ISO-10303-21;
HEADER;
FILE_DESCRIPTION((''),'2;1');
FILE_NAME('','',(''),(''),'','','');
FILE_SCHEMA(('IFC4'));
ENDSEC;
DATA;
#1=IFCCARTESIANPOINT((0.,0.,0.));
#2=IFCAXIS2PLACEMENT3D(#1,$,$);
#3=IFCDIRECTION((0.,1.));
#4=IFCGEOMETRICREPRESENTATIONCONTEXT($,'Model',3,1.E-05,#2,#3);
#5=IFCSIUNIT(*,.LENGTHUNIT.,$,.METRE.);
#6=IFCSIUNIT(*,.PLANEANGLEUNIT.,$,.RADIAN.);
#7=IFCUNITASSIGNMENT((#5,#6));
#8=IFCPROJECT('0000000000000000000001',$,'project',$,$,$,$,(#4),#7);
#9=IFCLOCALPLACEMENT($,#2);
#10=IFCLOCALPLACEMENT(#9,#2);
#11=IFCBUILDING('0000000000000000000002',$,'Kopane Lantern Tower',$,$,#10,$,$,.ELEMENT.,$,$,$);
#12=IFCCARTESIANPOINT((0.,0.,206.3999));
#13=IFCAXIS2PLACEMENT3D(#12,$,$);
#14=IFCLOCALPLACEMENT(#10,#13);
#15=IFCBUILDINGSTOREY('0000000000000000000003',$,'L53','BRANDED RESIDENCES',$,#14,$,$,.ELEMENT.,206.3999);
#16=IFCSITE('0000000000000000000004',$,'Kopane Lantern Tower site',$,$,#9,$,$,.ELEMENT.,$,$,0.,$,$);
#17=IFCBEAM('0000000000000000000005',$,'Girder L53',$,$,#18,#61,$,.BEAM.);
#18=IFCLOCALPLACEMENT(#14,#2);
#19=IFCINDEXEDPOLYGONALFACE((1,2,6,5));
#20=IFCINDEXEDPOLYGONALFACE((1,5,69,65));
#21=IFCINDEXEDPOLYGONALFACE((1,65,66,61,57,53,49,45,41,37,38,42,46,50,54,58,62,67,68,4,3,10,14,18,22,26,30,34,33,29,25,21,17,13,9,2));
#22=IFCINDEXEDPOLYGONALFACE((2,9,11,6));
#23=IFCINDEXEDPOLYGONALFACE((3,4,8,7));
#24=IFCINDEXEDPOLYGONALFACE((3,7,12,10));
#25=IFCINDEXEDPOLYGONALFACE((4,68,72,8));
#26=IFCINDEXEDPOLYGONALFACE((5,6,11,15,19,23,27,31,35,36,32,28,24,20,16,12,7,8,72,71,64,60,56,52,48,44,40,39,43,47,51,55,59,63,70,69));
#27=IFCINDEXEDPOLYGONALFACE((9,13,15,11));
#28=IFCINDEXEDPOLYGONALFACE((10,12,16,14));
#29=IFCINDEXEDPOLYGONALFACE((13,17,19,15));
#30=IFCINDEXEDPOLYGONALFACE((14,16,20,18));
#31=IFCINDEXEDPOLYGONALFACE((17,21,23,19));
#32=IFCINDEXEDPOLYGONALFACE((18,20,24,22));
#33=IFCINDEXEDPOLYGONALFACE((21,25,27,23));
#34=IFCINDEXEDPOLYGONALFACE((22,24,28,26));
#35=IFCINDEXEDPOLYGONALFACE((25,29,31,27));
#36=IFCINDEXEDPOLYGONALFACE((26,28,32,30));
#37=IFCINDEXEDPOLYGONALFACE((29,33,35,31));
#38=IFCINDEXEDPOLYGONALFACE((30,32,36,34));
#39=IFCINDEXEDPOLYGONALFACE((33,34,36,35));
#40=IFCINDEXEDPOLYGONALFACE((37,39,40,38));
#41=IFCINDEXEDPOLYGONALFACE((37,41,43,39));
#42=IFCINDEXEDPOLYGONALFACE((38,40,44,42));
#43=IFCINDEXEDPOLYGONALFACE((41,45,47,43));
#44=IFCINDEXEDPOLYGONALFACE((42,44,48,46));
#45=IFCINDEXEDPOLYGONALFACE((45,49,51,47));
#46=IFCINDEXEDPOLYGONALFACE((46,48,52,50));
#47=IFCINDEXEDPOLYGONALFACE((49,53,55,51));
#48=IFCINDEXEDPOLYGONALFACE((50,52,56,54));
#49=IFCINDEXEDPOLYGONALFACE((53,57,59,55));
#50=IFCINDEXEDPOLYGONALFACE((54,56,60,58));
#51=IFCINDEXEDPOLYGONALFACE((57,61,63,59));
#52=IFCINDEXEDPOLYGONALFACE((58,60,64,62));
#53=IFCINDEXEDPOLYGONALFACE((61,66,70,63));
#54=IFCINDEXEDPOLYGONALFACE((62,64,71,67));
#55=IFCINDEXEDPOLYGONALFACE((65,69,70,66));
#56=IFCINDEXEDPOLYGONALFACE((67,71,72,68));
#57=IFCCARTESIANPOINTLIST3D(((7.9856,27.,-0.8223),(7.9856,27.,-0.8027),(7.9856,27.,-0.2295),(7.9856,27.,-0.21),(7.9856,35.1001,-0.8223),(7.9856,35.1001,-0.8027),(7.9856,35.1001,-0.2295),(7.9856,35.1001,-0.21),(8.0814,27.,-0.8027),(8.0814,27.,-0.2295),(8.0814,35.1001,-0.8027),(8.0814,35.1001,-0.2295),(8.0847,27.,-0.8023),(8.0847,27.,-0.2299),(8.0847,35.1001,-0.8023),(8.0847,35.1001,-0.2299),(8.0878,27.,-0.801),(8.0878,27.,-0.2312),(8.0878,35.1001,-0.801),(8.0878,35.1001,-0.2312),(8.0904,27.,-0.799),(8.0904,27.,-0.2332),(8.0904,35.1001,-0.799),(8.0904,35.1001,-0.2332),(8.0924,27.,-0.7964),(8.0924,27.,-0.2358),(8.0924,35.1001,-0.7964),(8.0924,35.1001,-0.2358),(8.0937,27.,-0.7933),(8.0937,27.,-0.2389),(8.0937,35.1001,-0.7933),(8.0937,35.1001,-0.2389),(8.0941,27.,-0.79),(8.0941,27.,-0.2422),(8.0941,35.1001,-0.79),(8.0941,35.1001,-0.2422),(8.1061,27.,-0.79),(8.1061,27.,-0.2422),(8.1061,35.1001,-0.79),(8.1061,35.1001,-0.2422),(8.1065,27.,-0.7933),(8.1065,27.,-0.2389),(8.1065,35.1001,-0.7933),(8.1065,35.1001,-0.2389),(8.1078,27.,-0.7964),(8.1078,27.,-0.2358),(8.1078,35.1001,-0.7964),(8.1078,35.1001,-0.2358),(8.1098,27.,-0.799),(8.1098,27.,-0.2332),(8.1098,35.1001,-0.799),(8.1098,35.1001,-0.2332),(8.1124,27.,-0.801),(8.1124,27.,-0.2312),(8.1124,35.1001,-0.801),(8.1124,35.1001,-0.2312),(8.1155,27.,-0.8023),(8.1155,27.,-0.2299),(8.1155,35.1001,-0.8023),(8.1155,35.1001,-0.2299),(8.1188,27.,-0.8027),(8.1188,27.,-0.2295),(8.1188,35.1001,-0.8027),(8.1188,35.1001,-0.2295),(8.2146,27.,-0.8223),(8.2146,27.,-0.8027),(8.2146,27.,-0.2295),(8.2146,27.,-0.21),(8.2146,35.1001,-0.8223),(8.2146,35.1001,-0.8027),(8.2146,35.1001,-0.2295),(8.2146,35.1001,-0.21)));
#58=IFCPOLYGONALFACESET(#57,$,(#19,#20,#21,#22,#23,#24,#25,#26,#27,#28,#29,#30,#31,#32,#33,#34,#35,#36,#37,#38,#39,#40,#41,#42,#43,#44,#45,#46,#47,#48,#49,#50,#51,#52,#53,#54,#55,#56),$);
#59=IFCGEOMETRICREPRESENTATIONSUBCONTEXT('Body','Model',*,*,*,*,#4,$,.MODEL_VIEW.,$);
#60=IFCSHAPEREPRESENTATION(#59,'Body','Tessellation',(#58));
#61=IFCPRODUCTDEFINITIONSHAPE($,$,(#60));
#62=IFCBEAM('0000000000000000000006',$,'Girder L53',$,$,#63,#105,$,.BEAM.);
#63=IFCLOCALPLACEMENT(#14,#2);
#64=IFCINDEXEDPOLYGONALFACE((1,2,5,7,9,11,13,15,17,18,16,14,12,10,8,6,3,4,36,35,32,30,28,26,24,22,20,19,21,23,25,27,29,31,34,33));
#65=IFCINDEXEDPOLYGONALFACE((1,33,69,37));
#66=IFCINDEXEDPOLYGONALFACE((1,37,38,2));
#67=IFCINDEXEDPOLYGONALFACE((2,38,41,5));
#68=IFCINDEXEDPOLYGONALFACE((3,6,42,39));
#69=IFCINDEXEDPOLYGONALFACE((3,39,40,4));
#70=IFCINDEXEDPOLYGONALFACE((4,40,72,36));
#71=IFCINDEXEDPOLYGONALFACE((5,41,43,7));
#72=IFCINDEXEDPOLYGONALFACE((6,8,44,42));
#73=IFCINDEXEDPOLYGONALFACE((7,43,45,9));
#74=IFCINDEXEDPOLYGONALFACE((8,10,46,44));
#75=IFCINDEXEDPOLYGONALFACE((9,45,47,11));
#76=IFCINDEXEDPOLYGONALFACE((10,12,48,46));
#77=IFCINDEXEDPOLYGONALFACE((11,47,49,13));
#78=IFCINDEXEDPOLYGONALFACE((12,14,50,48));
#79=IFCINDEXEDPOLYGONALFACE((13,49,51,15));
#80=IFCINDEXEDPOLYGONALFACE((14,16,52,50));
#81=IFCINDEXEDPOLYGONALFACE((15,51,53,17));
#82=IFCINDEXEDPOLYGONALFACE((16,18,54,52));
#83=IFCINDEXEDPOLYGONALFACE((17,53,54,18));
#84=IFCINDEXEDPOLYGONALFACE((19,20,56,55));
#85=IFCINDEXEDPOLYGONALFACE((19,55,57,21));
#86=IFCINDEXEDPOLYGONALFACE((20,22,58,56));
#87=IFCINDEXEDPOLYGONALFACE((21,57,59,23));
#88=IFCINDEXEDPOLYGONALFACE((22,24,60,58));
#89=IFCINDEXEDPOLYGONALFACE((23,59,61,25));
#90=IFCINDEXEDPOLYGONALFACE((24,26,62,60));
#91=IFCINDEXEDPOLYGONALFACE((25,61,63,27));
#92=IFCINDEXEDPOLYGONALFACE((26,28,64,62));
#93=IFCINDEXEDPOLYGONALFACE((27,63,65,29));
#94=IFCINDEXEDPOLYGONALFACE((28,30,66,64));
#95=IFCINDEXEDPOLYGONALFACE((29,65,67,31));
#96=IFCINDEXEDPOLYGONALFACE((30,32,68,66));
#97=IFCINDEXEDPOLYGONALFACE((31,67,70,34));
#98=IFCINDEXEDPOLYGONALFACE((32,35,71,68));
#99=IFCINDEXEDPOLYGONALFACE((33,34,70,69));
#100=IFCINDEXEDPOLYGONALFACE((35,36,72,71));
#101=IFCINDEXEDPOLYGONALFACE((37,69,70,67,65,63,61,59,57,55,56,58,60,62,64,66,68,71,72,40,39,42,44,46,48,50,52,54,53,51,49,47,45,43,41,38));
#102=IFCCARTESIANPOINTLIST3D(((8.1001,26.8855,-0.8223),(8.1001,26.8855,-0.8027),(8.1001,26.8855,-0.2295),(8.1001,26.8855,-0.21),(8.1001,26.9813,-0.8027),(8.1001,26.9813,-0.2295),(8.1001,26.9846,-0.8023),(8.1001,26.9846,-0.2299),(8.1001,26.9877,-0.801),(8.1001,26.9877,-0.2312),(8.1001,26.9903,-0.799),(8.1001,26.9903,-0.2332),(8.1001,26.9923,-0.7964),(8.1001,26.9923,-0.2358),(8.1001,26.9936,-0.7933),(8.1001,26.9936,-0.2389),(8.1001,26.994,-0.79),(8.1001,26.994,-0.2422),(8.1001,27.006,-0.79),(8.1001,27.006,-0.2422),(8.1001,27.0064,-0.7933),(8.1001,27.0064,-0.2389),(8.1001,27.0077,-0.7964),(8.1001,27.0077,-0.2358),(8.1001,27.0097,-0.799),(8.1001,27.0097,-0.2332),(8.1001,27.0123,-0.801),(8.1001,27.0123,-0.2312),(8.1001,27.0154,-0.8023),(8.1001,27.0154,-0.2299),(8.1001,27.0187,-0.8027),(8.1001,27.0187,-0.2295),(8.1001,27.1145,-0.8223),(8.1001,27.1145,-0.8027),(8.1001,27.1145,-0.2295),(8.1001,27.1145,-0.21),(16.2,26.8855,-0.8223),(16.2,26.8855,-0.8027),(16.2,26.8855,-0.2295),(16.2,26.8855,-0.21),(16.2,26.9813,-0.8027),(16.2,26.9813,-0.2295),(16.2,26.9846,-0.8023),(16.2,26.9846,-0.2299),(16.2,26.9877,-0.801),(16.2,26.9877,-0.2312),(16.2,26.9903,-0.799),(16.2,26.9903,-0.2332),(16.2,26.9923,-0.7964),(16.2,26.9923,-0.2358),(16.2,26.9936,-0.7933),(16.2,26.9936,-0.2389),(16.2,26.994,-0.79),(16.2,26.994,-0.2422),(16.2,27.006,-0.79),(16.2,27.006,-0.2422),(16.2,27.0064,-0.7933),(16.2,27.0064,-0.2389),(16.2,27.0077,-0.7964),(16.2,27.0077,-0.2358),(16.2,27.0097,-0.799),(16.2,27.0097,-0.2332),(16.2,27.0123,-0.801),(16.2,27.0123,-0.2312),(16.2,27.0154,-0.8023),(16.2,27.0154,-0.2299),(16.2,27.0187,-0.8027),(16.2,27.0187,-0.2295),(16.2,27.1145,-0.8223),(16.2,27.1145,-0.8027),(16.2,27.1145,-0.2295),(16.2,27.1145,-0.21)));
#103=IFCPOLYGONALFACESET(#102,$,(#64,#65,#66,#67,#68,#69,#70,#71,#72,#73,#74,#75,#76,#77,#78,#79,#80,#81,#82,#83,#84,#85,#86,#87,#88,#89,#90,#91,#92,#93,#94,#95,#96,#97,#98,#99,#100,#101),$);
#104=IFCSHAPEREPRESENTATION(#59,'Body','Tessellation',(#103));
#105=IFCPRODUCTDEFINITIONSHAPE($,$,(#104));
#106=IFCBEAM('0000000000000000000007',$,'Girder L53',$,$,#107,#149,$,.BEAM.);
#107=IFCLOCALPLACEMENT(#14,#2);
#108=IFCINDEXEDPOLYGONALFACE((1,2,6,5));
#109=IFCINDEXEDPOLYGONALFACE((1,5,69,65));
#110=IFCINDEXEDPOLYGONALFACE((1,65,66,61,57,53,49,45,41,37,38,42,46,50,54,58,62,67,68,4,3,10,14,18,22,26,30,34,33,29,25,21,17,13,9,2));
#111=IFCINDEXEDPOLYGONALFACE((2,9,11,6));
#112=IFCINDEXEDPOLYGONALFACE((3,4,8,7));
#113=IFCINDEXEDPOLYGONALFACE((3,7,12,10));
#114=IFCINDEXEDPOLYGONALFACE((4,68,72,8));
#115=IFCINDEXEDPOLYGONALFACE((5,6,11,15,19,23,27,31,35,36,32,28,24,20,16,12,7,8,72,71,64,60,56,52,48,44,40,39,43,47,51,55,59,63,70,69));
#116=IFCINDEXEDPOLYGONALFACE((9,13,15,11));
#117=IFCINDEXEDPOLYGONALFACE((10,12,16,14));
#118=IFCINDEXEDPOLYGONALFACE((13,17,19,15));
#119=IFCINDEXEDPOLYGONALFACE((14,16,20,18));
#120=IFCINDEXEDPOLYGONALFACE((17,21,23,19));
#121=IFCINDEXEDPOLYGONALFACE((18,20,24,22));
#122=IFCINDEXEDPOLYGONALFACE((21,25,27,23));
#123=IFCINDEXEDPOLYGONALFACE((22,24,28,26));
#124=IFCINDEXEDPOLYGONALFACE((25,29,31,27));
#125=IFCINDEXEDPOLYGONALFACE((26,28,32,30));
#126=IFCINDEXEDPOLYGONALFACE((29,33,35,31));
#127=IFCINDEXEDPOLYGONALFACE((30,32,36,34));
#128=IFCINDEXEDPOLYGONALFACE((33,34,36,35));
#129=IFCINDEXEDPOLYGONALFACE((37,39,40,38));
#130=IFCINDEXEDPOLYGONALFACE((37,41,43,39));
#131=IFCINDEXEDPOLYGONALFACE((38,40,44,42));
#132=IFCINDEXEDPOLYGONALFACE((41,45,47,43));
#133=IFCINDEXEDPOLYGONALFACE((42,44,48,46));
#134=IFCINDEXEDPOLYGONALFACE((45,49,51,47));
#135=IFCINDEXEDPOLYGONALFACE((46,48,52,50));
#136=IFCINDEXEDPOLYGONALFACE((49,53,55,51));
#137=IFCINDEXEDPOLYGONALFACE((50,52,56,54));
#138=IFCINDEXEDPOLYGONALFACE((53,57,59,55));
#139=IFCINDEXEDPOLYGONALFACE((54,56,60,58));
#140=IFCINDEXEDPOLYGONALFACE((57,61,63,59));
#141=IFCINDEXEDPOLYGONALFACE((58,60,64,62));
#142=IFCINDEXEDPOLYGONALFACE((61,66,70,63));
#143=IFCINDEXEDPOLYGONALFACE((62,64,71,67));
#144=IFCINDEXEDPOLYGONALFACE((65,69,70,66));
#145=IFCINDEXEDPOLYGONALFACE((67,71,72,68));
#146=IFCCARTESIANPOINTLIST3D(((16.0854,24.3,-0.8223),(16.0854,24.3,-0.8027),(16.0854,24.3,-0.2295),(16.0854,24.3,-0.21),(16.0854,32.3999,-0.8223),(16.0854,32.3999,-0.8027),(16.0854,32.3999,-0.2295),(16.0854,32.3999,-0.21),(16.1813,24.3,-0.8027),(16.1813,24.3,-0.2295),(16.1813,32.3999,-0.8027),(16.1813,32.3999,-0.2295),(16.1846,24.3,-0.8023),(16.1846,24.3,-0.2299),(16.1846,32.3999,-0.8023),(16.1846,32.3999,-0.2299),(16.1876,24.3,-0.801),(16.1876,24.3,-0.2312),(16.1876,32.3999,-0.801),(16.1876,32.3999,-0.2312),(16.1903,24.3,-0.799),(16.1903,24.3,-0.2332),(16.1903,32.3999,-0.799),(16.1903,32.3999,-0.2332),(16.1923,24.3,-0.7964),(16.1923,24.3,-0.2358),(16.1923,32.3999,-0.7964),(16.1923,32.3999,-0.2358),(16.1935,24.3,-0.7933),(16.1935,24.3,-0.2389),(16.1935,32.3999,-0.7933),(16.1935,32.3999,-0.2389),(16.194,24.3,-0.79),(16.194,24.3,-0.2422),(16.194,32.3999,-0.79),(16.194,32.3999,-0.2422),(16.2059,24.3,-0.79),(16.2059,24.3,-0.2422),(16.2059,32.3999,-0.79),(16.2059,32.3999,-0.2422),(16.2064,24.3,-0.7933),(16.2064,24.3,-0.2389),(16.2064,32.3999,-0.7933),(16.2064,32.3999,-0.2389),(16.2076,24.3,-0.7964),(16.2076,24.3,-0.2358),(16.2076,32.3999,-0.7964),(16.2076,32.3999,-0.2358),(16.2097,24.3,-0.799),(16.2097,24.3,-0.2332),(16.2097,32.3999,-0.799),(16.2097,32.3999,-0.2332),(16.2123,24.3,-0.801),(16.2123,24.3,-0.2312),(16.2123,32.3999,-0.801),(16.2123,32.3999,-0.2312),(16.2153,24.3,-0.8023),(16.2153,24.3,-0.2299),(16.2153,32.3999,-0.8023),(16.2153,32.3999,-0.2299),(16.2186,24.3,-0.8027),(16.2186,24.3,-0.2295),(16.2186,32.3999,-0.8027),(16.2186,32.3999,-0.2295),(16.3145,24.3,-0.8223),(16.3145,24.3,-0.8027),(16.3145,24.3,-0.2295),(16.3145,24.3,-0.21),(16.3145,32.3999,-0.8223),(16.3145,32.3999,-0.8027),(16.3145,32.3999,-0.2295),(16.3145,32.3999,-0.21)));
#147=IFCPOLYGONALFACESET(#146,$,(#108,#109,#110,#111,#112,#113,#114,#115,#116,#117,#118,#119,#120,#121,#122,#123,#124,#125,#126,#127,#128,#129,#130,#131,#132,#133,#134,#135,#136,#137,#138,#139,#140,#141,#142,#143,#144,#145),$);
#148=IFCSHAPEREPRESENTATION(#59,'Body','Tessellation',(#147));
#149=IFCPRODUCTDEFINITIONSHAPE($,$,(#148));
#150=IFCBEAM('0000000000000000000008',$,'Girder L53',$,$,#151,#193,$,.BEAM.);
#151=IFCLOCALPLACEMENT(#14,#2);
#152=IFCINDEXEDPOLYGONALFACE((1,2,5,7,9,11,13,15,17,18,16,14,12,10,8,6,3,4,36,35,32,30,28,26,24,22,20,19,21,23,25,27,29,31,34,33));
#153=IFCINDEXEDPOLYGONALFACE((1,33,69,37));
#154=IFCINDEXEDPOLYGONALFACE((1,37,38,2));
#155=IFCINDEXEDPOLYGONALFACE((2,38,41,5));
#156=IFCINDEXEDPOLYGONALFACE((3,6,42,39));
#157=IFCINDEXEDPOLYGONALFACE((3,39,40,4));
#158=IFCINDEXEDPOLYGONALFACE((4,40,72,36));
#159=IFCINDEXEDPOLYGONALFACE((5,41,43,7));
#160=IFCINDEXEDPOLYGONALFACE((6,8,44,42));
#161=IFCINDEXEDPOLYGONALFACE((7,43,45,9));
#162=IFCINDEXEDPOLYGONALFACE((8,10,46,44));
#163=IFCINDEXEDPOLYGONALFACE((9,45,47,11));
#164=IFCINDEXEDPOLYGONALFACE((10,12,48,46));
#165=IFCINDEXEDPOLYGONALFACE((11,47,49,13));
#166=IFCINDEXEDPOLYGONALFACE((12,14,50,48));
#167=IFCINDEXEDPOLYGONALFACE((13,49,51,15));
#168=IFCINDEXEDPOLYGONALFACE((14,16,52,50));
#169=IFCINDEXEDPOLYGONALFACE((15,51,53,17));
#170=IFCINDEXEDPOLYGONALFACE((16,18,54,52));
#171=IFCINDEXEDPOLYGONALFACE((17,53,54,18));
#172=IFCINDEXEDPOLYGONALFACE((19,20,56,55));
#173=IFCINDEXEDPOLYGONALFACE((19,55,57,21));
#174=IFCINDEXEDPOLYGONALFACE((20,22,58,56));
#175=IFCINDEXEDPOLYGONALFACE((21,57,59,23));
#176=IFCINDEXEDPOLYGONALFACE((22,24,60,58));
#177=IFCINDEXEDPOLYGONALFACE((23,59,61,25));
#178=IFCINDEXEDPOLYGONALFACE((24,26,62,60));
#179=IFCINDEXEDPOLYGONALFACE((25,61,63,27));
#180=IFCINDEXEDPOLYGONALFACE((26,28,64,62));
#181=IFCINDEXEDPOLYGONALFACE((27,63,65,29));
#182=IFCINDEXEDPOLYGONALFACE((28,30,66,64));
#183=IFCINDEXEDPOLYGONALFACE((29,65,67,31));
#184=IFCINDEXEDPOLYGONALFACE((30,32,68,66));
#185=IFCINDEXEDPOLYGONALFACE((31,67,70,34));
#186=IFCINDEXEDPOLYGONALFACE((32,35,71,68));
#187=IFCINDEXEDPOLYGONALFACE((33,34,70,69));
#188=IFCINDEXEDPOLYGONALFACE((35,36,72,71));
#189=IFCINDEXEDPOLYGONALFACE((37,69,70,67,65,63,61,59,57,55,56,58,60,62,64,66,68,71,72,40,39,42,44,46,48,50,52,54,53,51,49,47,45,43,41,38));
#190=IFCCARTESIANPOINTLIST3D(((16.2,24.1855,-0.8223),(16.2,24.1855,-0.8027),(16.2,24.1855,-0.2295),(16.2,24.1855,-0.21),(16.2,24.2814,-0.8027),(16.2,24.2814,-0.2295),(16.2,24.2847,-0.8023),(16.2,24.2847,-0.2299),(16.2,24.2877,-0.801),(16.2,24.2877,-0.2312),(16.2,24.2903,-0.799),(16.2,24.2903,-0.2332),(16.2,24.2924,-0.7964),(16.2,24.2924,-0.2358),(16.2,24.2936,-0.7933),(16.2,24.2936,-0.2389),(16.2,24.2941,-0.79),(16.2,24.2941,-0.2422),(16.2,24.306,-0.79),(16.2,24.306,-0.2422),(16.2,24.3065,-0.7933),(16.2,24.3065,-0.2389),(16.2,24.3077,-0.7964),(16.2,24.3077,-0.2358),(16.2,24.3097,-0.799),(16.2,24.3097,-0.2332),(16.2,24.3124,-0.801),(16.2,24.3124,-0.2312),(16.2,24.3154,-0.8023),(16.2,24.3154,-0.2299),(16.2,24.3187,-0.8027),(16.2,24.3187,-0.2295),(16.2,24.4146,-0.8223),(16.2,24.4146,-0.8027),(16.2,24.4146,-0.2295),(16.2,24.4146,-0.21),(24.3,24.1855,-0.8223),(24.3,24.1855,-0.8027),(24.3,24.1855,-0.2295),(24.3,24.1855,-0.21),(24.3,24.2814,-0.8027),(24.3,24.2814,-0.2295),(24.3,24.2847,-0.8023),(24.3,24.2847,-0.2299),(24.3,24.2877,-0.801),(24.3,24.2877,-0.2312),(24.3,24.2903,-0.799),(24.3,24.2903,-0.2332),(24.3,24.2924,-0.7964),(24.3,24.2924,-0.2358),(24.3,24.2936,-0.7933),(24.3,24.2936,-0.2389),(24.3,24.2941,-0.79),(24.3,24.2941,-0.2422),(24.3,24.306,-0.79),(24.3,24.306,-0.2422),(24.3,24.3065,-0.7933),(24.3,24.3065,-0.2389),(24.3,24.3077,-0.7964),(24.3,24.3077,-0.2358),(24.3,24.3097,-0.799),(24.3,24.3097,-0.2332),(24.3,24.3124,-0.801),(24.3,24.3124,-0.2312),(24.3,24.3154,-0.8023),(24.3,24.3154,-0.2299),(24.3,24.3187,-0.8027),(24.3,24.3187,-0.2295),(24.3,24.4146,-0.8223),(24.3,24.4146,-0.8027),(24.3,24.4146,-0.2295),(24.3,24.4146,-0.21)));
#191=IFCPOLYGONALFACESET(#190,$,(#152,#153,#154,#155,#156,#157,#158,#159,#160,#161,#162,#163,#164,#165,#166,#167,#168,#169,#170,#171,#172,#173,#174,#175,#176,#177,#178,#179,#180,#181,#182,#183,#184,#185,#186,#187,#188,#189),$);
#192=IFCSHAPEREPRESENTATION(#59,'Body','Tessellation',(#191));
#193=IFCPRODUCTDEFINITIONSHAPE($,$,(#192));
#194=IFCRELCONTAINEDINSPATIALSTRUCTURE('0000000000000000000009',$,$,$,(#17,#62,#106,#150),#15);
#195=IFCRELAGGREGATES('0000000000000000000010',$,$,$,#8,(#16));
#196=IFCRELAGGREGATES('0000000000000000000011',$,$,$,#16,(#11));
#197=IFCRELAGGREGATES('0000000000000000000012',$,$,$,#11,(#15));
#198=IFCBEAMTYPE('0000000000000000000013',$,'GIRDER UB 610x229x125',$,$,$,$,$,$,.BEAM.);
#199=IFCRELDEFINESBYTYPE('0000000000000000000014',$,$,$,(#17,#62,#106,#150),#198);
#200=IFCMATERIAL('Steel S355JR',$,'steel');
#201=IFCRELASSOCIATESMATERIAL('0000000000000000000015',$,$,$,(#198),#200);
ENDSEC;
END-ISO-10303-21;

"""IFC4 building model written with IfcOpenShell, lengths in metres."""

from ifc_helpers import new_model, si_unit, direction, frame, origin, origin_2d, place, context, subcontext, project, spatial, i_section, extrude, material, material_profile, profile_set, type_object, element, save


model = new_model("IFC4")

# Units and contexts
model_context = context("Model", 3, precision=1e-05, world=origin(), true_north=direction((0.0, 1.0)))
body_context = subcontext(model_context, "Body", "Model", "MODEL_VIEW")
ifc_project = project(units=[si_unit("LENGTHUNIT", "METRE"), si_unit("PLANEANGLEUNIT", "RADIAN")], contexts=[model_context])

# Site, building, storey
site_placement = place(None, origin())
site = spatial("IfcSite", under=ifc_project, at=site_placement, Name="Kopane Lantern Tower site", CompositionType="ELEMENT", RefElevation=0.0)
building_placement = place(site_placement, origin())
building = spatial("IfcBuilding", under=site, at=building_placement, Name="Kopane Lantern Tower", CompositionType="ELEMENT")
storey_placement = place(building_placement, frame((0.0, 0.0, 206.3999)))
storey = spatial("IfcBuildingStorey", under=building, at=storey_placement, Name="L53", Description="BRANDED RESIDENCES", CompositionType="ELEMENT", Elevation=206.3999)

# Beams
ifc_material_1 = material(Name="Steel S355JR", Category="steel")
ifc_material_profile_1 = material_profile(ifc_material_1, i_section(OverallWidth=0.229, OverallDepth=0.6123, WebThickness=0.012, FlangeThickness=0.0195, FilletRadius=0.0127, at=origin_2d()), Name="UB 610x229x125")
ifc_profile_set_1 = profile_set([ifc_material_profile_1], Name="Steel S355JR")
beam_type = type_object("IfcBeamType", Name="GIRDER UB 610x229x125", PredefinedType="BEAM", material=ifc_profile_set_1)
for number, where, z_axis, x_axis, name in (
    (1, (8.1001, 27.0, -0.5161), (0.0, 1.0, 0.0), (-1.0, 0.0, 0.0), "Girder L53"),
):
    element("IfcBeam", number, at=place(storey_placement, frame(where, z_axis=z_axis, x_axis=x_axis)), inside=storey, type_object=beam_type, Name=name, PredefinedType="BEAM", context=body_context, shape_type="SweptSolid", body=[
        extrude(i_section(OverallWidth=0.229, OverallDepth=0.6123, WebThickness=0.012, FlangeThickness=0.0195, FilletRadius=0.0127, at=origin_2d()), origin(), (0.0, 0.0, 1.0), 8.1001),
    ])
for number, where, z_axis, x_axis, name in (
    (2, (8.1001, 27.0, -0.5161), (1.0, 0.0, 0.0), (0.0, 1.0, 0.0), "Girder L53"),
    (3, (16.2, 24.3, -0.5161), (0.0, 1.0, 0.0), (-1.0, 0.0, 0.0), "Girder L53"),
):
    element("IfcBeam", number, at=place(storey_placement, frame(where, z_axis=z_axis, x_axis=x_axis)), inside=storey, type_object=beam_type, Name=name, PredefinedType="BEAM", context=body_context, shape_type="SweptSolid", body=[
        extrude(i_section(OverallWidth=0.229, OverallDepth=0.6123, WebThickness=0.012, FlangeThickness=0.0195, FilletRadius=0.0127, at=origin_2d()), origin(), (0.0, 0.0, 1.0), 8.0999),
    ])
beam_placement = place(storey_placement, frame((16.2, 24.3, -0.5161), z_axis=(1.0, 0.0, 0.0), x_axis=(0.0, 1.0, 0.0)))
element("IfcBeam", 4, at=beam_placement, inside=storey, type_object=beam_type, Name="Girder L53", PredefinedType="BEAM", context=body_context, shape_type="SweptSolid", body=[
    extrude(i_section(OverallWidth=0.229, OverallDepth=0.6123, WebThickness=0.012, FlangeThickness=0.0195, FilletRadius=0.0127, at=origin_2d()), origin(), (0.0, 0.0, 1.0), 8.1001),
])

save(model, "model.ifc")
